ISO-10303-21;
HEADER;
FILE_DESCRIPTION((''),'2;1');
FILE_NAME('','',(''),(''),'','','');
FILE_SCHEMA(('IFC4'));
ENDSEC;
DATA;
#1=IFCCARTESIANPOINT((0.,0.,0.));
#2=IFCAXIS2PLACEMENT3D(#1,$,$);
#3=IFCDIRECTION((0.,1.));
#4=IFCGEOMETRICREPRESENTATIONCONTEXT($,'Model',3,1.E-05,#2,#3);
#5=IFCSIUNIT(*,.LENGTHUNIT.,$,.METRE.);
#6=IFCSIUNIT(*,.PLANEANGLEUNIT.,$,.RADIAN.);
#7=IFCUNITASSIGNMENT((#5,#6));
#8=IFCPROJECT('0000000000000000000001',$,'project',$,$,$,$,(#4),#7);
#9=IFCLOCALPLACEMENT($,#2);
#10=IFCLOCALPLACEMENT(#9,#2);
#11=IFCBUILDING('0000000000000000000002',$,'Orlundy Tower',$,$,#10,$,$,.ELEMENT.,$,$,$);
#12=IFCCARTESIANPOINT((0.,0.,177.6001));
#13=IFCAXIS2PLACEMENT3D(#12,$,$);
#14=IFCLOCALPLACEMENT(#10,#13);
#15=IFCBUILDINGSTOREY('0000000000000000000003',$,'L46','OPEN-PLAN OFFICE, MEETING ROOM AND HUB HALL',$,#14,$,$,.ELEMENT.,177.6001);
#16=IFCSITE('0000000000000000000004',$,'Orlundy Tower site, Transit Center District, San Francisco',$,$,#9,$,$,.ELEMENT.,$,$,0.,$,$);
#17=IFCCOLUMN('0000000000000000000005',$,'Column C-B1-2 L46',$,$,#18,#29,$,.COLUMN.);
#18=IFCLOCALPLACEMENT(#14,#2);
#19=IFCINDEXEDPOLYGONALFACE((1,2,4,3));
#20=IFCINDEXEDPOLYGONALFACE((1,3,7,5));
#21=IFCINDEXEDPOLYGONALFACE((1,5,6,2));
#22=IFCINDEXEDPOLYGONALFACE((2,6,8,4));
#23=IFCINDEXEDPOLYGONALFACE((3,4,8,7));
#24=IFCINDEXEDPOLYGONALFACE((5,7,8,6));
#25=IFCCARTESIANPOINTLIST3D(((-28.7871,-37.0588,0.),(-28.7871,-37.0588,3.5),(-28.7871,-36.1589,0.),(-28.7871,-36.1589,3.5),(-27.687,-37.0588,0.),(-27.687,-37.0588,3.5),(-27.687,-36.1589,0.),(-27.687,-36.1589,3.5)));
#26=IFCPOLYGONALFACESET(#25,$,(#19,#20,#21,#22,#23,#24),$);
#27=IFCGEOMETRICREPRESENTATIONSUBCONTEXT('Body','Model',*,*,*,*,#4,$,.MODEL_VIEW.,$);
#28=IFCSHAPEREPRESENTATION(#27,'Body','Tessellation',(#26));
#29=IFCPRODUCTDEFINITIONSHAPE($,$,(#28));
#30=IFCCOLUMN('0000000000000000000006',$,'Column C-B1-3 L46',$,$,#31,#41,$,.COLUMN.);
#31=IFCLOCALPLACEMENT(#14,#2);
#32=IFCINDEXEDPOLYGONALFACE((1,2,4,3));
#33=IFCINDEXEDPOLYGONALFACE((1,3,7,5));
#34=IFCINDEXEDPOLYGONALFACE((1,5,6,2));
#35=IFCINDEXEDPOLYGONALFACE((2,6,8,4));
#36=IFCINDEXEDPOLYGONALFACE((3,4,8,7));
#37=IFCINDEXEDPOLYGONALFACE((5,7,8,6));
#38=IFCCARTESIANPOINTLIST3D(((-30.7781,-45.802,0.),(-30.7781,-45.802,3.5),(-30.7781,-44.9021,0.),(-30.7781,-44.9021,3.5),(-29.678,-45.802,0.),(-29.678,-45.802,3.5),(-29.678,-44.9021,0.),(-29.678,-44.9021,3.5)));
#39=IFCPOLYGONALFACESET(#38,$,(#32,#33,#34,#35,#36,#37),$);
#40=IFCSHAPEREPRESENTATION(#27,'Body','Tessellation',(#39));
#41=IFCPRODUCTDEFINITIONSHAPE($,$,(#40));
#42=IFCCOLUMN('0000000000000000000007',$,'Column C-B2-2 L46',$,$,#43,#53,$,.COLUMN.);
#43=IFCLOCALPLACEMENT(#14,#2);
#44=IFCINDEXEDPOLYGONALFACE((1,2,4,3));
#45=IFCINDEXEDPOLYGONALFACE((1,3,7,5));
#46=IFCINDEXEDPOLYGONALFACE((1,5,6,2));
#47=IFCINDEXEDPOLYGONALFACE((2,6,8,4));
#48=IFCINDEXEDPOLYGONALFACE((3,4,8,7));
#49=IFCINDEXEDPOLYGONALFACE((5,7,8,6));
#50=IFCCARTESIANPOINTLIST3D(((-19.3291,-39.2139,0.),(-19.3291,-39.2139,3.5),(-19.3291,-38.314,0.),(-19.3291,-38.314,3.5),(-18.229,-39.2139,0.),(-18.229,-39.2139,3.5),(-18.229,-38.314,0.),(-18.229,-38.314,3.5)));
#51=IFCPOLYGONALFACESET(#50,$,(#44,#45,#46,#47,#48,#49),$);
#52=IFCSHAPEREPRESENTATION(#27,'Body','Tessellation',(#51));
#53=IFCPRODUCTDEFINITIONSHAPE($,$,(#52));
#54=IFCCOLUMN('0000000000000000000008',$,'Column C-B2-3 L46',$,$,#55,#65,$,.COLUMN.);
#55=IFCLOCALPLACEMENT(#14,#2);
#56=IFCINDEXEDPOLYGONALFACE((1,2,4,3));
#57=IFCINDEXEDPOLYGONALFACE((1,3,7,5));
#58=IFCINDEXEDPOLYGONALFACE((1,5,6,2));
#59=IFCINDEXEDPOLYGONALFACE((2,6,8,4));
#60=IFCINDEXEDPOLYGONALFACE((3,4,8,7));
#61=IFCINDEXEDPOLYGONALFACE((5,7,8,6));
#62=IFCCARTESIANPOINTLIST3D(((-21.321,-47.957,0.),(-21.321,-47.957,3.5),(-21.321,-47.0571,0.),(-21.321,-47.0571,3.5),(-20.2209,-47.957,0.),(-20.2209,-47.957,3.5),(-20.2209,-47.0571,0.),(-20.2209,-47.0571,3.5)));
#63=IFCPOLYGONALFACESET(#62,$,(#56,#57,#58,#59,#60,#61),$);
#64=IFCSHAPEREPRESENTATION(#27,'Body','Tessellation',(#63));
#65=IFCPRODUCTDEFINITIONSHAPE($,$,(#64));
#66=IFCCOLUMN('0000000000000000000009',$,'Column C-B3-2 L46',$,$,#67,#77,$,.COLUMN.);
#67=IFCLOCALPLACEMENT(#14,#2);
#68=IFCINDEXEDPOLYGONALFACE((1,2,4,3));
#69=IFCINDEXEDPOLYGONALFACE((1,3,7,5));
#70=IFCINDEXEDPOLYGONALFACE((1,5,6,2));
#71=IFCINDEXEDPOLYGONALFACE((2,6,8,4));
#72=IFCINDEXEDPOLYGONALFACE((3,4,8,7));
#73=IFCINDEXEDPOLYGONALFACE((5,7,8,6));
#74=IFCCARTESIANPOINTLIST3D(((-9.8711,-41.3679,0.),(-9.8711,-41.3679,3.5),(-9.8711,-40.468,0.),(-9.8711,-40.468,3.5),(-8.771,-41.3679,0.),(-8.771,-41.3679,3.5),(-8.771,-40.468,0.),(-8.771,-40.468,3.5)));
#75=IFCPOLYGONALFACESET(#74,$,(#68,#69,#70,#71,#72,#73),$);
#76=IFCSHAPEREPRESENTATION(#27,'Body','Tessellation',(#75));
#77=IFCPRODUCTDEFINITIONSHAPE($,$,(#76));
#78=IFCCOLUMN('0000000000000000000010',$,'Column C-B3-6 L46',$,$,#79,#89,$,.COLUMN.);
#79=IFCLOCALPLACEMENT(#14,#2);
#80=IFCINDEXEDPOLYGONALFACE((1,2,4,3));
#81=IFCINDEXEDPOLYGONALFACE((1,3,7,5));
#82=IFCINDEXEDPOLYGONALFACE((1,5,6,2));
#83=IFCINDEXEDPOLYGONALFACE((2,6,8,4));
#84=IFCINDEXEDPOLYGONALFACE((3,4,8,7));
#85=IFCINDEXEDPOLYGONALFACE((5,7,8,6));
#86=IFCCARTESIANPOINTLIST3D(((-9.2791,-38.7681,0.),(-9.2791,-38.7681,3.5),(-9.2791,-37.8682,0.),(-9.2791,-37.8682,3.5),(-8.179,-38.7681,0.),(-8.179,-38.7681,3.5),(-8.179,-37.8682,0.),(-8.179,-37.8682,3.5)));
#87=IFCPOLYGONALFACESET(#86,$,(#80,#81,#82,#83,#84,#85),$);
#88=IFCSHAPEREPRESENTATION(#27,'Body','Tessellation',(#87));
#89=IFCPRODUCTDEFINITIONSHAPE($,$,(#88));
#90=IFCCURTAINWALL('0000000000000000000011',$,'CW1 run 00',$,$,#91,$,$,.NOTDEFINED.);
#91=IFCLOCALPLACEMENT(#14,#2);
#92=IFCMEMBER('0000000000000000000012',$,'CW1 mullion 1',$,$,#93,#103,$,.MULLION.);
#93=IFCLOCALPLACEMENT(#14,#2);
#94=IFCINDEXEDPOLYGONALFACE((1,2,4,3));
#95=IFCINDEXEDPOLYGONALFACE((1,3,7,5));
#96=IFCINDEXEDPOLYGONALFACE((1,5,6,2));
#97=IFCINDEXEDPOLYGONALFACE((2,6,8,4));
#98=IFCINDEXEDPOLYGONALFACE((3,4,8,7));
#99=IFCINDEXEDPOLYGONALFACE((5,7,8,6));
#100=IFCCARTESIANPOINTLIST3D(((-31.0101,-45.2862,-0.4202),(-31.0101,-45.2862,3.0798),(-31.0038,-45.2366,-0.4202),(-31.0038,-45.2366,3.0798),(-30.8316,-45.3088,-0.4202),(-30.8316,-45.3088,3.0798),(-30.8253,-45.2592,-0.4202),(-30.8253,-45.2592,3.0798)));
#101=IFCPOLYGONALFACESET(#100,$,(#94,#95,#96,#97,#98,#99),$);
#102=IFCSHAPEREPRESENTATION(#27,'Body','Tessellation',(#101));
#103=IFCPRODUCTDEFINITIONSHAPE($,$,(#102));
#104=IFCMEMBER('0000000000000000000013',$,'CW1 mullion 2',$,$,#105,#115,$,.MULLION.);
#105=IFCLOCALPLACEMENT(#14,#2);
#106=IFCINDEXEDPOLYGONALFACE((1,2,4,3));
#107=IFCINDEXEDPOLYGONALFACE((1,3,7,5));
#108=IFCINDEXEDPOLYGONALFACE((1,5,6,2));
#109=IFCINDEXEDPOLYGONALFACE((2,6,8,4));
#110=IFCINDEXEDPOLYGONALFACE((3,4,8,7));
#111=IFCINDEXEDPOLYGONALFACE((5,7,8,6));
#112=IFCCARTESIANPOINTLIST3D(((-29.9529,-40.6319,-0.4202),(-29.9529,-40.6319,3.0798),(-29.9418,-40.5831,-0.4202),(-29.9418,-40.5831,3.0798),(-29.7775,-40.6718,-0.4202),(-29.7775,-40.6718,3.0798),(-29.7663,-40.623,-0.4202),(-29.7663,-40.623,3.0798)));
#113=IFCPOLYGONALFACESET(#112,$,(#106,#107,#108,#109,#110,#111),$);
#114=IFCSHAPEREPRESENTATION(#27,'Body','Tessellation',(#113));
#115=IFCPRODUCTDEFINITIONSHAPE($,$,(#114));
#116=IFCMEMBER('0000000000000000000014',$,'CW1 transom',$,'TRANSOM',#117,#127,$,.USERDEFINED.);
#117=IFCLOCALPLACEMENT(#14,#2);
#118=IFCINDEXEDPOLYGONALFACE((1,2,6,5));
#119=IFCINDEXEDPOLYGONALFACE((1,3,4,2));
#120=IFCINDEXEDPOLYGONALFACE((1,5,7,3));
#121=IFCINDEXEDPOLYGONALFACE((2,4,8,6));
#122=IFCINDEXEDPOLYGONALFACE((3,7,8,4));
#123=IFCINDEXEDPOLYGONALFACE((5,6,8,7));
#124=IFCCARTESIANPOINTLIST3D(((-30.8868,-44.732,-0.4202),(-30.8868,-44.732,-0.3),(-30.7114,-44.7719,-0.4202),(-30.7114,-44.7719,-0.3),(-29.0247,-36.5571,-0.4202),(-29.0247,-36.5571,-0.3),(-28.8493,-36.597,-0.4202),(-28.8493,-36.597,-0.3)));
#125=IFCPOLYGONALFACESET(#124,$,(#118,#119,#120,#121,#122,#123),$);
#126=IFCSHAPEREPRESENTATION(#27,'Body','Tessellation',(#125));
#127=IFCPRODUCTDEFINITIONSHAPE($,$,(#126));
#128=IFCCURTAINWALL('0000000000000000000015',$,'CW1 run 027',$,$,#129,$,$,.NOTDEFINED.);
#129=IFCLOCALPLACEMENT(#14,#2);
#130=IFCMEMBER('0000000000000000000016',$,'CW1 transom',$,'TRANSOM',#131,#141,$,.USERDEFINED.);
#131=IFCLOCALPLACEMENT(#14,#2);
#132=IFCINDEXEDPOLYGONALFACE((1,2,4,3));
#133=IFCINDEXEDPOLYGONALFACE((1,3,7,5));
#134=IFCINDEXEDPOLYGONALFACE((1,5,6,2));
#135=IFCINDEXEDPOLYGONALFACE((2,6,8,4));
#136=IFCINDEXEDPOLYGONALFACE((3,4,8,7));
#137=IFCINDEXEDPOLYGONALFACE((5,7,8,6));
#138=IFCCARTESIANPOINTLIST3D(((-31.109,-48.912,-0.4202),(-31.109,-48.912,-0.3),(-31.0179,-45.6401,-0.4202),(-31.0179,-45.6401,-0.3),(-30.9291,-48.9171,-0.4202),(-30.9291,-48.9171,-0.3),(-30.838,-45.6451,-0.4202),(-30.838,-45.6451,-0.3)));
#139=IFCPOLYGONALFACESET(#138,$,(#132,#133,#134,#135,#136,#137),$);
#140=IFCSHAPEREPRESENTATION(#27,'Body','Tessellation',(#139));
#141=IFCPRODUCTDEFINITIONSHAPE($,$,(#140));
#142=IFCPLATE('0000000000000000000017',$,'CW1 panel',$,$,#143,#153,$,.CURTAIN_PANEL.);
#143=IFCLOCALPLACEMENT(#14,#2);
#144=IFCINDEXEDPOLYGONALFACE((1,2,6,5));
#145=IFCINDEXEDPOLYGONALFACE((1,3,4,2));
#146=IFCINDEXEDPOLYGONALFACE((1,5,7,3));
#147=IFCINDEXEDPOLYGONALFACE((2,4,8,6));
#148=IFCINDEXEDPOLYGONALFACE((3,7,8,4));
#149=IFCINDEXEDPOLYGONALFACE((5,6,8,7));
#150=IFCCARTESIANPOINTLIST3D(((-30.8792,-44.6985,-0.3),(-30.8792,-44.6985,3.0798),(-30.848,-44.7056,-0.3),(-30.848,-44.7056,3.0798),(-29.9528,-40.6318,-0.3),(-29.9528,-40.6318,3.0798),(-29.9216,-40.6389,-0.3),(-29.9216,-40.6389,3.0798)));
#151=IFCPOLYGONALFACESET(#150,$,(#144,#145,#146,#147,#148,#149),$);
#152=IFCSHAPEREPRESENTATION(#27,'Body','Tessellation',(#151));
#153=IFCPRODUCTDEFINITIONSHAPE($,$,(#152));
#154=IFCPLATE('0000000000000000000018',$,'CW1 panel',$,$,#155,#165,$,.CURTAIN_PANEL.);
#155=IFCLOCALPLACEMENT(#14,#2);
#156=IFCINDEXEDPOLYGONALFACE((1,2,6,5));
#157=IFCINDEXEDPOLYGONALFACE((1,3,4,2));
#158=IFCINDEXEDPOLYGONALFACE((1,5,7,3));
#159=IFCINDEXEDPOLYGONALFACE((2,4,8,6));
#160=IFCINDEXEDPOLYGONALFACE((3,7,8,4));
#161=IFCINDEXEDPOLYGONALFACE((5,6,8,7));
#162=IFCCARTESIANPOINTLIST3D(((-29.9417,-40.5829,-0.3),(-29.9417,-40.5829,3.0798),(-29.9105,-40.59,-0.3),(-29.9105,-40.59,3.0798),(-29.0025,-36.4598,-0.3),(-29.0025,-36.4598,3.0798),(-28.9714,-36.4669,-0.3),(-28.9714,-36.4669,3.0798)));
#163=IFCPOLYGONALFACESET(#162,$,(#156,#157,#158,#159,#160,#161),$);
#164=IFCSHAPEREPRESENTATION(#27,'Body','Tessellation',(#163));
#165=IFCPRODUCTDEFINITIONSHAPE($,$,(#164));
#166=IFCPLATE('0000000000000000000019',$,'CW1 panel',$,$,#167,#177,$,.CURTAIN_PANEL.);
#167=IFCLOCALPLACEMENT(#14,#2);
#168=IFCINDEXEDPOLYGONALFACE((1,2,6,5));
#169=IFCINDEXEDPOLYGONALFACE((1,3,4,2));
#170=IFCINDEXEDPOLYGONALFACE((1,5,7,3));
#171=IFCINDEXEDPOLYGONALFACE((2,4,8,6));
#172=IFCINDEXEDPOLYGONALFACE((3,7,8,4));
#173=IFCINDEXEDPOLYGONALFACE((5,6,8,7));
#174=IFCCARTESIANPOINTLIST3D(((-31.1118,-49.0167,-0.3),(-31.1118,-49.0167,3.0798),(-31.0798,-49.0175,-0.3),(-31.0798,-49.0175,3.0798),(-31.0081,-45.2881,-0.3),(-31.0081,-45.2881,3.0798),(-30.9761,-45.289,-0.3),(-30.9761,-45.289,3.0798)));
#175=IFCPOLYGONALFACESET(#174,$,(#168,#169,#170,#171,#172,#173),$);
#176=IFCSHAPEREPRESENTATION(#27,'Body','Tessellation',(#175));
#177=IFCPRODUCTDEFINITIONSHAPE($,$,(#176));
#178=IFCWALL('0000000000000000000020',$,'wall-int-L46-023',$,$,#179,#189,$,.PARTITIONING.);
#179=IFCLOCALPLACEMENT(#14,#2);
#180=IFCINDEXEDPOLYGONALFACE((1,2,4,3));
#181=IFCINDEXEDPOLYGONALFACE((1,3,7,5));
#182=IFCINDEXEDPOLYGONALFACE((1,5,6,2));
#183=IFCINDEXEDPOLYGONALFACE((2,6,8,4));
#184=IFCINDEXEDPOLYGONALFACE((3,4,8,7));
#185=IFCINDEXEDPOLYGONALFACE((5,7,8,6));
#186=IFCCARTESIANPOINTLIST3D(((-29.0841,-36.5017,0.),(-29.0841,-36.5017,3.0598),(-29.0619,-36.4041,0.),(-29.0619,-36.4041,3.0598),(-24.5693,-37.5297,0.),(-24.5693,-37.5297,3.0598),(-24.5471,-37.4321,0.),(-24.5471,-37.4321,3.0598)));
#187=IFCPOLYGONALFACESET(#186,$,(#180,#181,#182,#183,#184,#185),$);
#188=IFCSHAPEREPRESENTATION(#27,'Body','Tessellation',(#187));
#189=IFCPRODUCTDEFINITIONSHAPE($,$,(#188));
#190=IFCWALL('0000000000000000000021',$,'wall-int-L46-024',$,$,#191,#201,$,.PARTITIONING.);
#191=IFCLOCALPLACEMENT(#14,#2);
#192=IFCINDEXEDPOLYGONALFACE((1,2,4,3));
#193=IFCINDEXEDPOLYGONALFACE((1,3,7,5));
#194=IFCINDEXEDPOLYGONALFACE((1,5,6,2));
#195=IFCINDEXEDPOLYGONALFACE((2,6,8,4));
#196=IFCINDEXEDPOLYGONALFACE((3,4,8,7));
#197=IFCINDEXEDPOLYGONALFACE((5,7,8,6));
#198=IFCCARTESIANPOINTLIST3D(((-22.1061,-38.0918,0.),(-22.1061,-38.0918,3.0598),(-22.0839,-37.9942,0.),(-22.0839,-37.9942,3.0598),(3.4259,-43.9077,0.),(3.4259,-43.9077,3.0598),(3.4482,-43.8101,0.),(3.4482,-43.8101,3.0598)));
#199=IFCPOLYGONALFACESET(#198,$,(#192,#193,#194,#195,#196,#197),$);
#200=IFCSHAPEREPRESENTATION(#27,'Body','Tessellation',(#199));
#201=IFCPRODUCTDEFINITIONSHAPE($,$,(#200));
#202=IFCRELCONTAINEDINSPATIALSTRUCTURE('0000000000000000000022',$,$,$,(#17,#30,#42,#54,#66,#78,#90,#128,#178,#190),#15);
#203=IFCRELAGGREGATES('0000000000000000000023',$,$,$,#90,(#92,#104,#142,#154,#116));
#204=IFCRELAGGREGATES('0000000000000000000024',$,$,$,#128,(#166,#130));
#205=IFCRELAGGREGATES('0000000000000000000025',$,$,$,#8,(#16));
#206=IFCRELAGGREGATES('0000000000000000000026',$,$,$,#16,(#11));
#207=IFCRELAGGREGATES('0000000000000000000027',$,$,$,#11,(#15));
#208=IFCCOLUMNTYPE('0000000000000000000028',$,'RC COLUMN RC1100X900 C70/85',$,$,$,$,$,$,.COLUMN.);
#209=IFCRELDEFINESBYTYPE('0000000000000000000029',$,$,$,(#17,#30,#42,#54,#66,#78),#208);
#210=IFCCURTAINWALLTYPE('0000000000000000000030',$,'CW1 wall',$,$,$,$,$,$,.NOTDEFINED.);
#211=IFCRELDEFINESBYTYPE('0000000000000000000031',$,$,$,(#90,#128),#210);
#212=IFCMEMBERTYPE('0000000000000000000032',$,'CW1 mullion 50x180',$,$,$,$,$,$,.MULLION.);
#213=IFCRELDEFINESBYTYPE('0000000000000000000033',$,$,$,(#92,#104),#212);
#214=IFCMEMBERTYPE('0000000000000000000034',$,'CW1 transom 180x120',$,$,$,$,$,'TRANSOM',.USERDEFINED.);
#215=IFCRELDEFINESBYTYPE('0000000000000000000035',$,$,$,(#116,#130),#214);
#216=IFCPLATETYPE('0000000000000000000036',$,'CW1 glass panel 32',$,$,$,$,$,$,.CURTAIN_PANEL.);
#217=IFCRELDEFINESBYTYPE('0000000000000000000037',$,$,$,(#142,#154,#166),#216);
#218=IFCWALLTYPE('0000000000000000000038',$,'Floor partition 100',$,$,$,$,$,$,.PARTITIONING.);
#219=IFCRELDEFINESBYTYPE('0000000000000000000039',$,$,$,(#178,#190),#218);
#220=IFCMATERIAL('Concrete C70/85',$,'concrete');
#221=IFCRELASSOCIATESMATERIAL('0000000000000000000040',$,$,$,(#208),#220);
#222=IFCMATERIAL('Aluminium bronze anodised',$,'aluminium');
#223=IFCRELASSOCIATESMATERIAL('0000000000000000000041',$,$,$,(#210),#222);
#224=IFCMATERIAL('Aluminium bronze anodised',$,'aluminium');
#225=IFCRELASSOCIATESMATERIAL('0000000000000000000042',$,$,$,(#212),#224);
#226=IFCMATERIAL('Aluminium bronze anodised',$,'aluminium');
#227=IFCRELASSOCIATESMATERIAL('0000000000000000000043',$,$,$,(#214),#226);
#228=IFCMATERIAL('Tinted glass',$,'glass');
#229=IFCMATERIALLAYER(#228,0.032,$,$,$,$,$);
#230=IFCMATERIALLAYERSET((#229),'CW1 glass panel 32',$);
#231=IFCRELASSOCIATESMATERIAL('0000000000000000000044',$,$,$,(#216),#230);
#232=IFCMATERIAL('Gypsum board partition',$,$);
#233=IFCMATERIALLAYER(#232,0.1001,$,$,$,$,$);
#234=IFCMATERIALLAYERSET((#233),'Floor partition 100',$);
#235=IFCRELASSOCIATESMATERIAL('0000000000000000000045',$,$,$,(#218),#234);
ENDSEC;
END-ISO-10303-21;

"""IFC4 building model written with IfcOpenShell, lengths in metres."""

from ifc_helpers import new_model, si_unit, direction, frame, frame_2d, origin, origin_2d, place, context, subcontext, project, spatial, rectangle, extrude, material, layer, layer_set, material_profile, profile_set, type_object, element, aggregate, save


model = new_model("IFC4")

# Units and contexts
model_context = context("Model", 3, precision=1e-05, world=origin(), true_north=direction((0.0, 1.0)))
body_context = subcontext(model_context, "Body", "Model", "MODEL_VIEW")
ifc_project = project(units=[si_unit("LENGTHUNIT", "METRE"), si_unit("PLANEANGLEUNIT", "RADIAN")], contexts=[model_context])

# Site, building, storey
site_placement = place(None, origin())
site = spatial("IfcSite", under=ifc_project, at=site_placement, Name="Orlundy Tower site, Transit Center District, San Francisco", CompositionType="ELEMENT", RefElevation=0.0)
building_placement = place(site_placement, origin())
building = spatial("IfcBuilding", under=site, at=building_placement, Name="Orlundy Tower", CompositionType="ELEMENT")
storey_placement = place(building_placement, frame((0.0, 0.0, 177.6001)))
storey = spatial("IfcBuildingStorey", under=building, at=storey_placement, Name="L46", Description="OPEN-PLAN OFFICE, MEETING ROOM AND HUB HALL", CompositionType="ELEMENT", Elevation=177.6001)

# Columns
ifc_material_1 = material(Name="Concrete C70/85", Category="concrete")
ifc_material_profile_1 = material_profile(ifc_material_1, rectangle(XDim=1.1001, YDim=0.8999, at=origin_2d()), Name="RC1100X900")
ifc_profile_set_1 = profile_set([ifc_material_profile_1], Name="Concrete C70/85")
column_type = type_object("IfcColumnType", Name="RC COLUMN RC1100X900 C70/85", PredefinedType="COLUMN", material=ifc_profile_set_1)
for number, where, z_axis, x_axis, name in (
    (1, (-28.2371, -36.6089, 0.0), (0.0, 0.0, 1.0), (1.0, 0.0, 0.0), "Column C-B1-2 L46"),
    (2, (-30.228, -45.3521, 0.0), (0.0, 0.0, 1.0), (1.0, 0.0, 0.0), "Column C-B1-3 L46"),
    (3, (-18.7791, -38.7639, 0.0), (0.0, 0.0, 1.0), (1.0, 0.0, 0.0), "Column C-B2-2 L46"),
    (4, (-20.771, -47.5071, 0.0), (0.0, 0.0, 1.0), (1.0, 0.0, 0.0), "Column C-B2-3 L46"),
    (5, (-9.321, -40.918, 0.0), (0.0, 0.0, 1.0), (1.0, 0.0, 0.0), "Column C-B3-2 L46"),
    (6, (-8.729, -38.3181, 0.0), (0.0, 0.0, 1.0), (1.0, 0.0, 0.0), "Column C-B3-6 L46"),
):
    element("IfcColumn", number, at=place(storey_placement, frame(where, z_axis=z_axis, x_axis=x_axis)), inside=storey, type_object=column_type, Name=name, PredefinedType="COLUMN", context=body_context, shape_type="SweptSolid", body=[
        extrude(rectangle(XDim=1.1001, YDim=0.8999, at=origin_2d()), origin(), (0.0, 0.0, 1.0), 3.5),
    ])

# Curtain wall, members
ifc_material_2 = material(Name="Aluminium bronze anodised", Category="aluminium")
curtain_wall_type = type_object("IfcCurtainWallType", Name="CW1 wall", PredefinedType="NOTDEFINED", material=ifc_material_2)
curtain_wall_1_placement = place(storey_placement, origin())
curtain_wall_1 = element("IfcCurtainWall", 7, at=curtain_wall_1_placement, inside=storey, type_object=curtain_wall_type, Name="CW1 run 00", PredefinedType="NOTDEFINED")
ifc_material_3 = material(Name="Aluminium bronze anodised", Category="aluminium")
ifc_material_profile_2 = material_profile(ifc_material_3, rectangle(XDim=0.1799, YDim=0.05, at=origin_2d()), Name="CW1 mullion 50x180")
ifc_profile_set_2 = profile_set([ifc_material_profile_2], Name="Aluminium bronze anodised")
member_type_1 = type_object("IfcMemberType", Name="CW1 mullion 50x180", PredefinedType="MULLION", material=ifc_profile_set_2)
member_1_placement = place(storey_placement, frame((-30.9177, -45.2727, -0.4202), z_axis=(0.0, 0.0, 1.0), x_axis=(-0.992088, 0.125547, 0.0)))
member_1 = element("IfcMember", 8, at=member_1_placement, type_object=member_type_1, Name="CW1 mullion 1", PredefinedType="MULLION", context=body_context, shape_type="SweptSolid", body=[
    extrude(rectangle(XDim=0.1799, YDim=0.05, at=origin_2d()), origin(), (0.0, 0.0, 1.0), 3.5),
])
member_2_placement = place(storey_placement, frame((-29.8596, -40.6274, -0.4202), z_axis=(0.0, 0.0, 1.0), x_axis=(-0.975025, 0.222097, 0.0)))
member_2 = element("IfcMember", 9, at=member_2_placement, type_object=member_type_1, Name="CW1 mullion 2", PredefinedType="MULLION", context=body_context, shape_type="SweptSolid", body=[
    extrude(rectangle(XDim=0.1799, YDim=0.05, at=origin_2d()), origin(), (0.0, 0.0, 1.0), 3.5),
])
ifc_material_4 = material(Name="Aluminium bronze anodised", Category="aluminium")
ifc_material_profile_3 = material_profile(ifc_material_4, rectangle(XDim=0.1799, YDim=0.1201, at=origin_2d()), Name="CW1 transom 180x120")
ifc_profile_set_3 = profile_set([ifc_material_profile_3], Name="Aluminium bronze anodised")
member_type_2 = type_object("IfcMemberType", Name="CW1 transom 180x120", ElementType="TRANSOM", PredefinedType="USERDEFINED", material=ifc_profile_set_3)
member_3_placement = place(storey_placement, frame((-30.7991, -44.752, -0.3601), z_axis=(0.222092, 0.975026, 0.0), x_axis=(-0.975026, 0.222092, 0.0)))
member_3 = element("IfcMember", 10, at=member_3_placement, type_object=member_type_2, Name="CW1 transom", ObjectType="TRANSOM", PredefinedType="USERDEFINED", context=body_context, shape_type="SweptSolid", body=[
    extrude(rectangle(XDim=0.1799, YDim=0.1201, at=origin_2d()), origin(), (0.0, 0.0, 1.0), 8.3843),
])

# Curtain wall, member
curtain_wall_2_placement = place(storey_placement, origin())
curtain_wall_2 = element("IfcCurtainWall", 11, at=curtain_wall_2_placement, inside=storey, type_object=curtain_wall_type, Name="CW1 run 027", PredefinedType="NOTDEFINED")
member_4_placement = place(storey_placement, frame((-31.019, -48.9146, -0.3601), z_axis=(0.027821, 0.999613, 0.0), x_axis=(-0.999613, 0.027821, 0.0)))
member_4 = element("IfcMember", 12, at=member_4_placement, type_object=member_type_2, Name="CW1 transom", ObjectType="TRANSOM", PredefinedType="USERDEFINED", context=body_context, shape_type="SweptSolid", body=[
    extrude(rectangle(XDim=0.1799, YDim=0.1201, at=origin_2d()), origin(), (0.0, 0.0, 1.0), 3.2732),
])

# Plates
ifc_material_5 = material(Name="Tinted glass", Category="glass")
ifc_layer_1 = layer(ifc_material_5, 0.032)
ifc_layer_set_1 = layer_set([ifc_layer_1], Name="CW1 glass panel 32")
plate_type = type_object("IfcPlateType", Name="CW1 glass panel 32", PredefinedType="CURTAIN_PANEL", material=ifc_layer_set_1)
plate_1_placement = place(storey_placement, frame((-30.4004, -42.6687, -0.3), z_axis=(0.0, 0.0, 1.0), x_axis=(0.222097, 0.975025, 0.0)))
plate_1 = element("IfcPlate", 13, at=plate_1_placement, type_object=plate_type, Name="CW1 panel", PredefinedType="CURTAIN_PANEL", context=body_context, shape_type="SweptSolid", body=[
    extrude(rectangle(XDim=4.1709, YDim=0.032, at=origin_2d()), origin(), (0.0, 0.0, 1.0), 3.3799),
])
plate_2_placement = place(storey_placement, frame((-29.4565, -38.5249, -0.3), z_axis=(0.0, 0.0, 1.0), x_axis=(0.222097, 0.975025, 0.0)))
plate_2 = element("IfcPlate", 14, at=plate_2_placement, type_object=plate_type, Name="CW1 panel", PredefinedType="CURTAIN_PANEL", context=body_context, shape_type="SweptSolid", body=[
    extrude(rectangle(XDim=4.2288, YDim=0.032, at=origin_2d()), origin(), (0.0, 0.0, 1.0), 3.3799),
])
aggregate(curtain_wall_1, [member_1, member_2, plate_1, plate_2, member_3])
plate_3_placement = place(storey_placement, frame((-31.0439, -47.1528, -0.3), z_axis=(0.0, 0.0, 1.0), x_axis=(0.02779, 0.999614, 0.0)))
plate_3 = element("IfcPlate", 15, at=plate_3_placement, type_object=plate_type, Name="CW1 panel", PredefinedType="CURTAIN_PANEL", context=body_context, shape_type="SweptSolid", body=[
    extrude(rectangle(XDim=3.73, YDim=0.032, at=origin_2d()), origin(), (0.0, 0.0, 1.0), 3.3799),
])
aggregate(curtain_wall_2, [plate_3, member_4])

# Walls
ifc_material_6 = material(Name="Gypsum board partition")
ifc_layer_2 = layer(ifc_material_6, 0.1001)
ifc_layer_set_2 = layer_set([ifc_layer_2], Name="Floor partition 100")
wall_type_1 = type_object("IfcWallType", Name="Floor partition 100", PredefinedType="PARTITIONING", material=ifc_layer_set_2)
wall_1_placement = place(storey_placement, frame((-29.073, -36.4529, 0.0), z_axis=(0.0, 0.0, 1.0), x_axis=(0.975041, -0.222024, 0.0)))
element("IfcWall", 16, at=wall_1_placement, inside=storey, type_object=wall_type_1, Name="wall-int-L46-023", PredefinedType="PARTITIONING", context=body_context, shape_type="SweptSolid", body=[
    extrude(rectangle(XDim=4.6304, YDim=0.1001, at=frame_2d((2.3152, 0.0))), origin(), (0.0, 0.0, 1.0), 3.0598),
])
wall_2_placement = place(storey_placement, frame((-22.095, -38.043, 0.0), z_axis=(0.0, 0.0, 1.0), x_axis=(0.975024, -0.2221, 0.0)))
element("IfcWall", 17, at=wall_2_placement, inside=storey, type_object=wall_type_1, Name="wall-int-L46-024", PredefinedType="PARTITIONING", context=body_context, shape_type="SweptSolid", body=[
    extrude(rectangle(XDim=26.186, YDim=0.1001, at=frame_2d((13.093, 0.0))), origin(), (0.0, 0.0, 1.0), 3.0598),
])

save(model, "model.ifc")
